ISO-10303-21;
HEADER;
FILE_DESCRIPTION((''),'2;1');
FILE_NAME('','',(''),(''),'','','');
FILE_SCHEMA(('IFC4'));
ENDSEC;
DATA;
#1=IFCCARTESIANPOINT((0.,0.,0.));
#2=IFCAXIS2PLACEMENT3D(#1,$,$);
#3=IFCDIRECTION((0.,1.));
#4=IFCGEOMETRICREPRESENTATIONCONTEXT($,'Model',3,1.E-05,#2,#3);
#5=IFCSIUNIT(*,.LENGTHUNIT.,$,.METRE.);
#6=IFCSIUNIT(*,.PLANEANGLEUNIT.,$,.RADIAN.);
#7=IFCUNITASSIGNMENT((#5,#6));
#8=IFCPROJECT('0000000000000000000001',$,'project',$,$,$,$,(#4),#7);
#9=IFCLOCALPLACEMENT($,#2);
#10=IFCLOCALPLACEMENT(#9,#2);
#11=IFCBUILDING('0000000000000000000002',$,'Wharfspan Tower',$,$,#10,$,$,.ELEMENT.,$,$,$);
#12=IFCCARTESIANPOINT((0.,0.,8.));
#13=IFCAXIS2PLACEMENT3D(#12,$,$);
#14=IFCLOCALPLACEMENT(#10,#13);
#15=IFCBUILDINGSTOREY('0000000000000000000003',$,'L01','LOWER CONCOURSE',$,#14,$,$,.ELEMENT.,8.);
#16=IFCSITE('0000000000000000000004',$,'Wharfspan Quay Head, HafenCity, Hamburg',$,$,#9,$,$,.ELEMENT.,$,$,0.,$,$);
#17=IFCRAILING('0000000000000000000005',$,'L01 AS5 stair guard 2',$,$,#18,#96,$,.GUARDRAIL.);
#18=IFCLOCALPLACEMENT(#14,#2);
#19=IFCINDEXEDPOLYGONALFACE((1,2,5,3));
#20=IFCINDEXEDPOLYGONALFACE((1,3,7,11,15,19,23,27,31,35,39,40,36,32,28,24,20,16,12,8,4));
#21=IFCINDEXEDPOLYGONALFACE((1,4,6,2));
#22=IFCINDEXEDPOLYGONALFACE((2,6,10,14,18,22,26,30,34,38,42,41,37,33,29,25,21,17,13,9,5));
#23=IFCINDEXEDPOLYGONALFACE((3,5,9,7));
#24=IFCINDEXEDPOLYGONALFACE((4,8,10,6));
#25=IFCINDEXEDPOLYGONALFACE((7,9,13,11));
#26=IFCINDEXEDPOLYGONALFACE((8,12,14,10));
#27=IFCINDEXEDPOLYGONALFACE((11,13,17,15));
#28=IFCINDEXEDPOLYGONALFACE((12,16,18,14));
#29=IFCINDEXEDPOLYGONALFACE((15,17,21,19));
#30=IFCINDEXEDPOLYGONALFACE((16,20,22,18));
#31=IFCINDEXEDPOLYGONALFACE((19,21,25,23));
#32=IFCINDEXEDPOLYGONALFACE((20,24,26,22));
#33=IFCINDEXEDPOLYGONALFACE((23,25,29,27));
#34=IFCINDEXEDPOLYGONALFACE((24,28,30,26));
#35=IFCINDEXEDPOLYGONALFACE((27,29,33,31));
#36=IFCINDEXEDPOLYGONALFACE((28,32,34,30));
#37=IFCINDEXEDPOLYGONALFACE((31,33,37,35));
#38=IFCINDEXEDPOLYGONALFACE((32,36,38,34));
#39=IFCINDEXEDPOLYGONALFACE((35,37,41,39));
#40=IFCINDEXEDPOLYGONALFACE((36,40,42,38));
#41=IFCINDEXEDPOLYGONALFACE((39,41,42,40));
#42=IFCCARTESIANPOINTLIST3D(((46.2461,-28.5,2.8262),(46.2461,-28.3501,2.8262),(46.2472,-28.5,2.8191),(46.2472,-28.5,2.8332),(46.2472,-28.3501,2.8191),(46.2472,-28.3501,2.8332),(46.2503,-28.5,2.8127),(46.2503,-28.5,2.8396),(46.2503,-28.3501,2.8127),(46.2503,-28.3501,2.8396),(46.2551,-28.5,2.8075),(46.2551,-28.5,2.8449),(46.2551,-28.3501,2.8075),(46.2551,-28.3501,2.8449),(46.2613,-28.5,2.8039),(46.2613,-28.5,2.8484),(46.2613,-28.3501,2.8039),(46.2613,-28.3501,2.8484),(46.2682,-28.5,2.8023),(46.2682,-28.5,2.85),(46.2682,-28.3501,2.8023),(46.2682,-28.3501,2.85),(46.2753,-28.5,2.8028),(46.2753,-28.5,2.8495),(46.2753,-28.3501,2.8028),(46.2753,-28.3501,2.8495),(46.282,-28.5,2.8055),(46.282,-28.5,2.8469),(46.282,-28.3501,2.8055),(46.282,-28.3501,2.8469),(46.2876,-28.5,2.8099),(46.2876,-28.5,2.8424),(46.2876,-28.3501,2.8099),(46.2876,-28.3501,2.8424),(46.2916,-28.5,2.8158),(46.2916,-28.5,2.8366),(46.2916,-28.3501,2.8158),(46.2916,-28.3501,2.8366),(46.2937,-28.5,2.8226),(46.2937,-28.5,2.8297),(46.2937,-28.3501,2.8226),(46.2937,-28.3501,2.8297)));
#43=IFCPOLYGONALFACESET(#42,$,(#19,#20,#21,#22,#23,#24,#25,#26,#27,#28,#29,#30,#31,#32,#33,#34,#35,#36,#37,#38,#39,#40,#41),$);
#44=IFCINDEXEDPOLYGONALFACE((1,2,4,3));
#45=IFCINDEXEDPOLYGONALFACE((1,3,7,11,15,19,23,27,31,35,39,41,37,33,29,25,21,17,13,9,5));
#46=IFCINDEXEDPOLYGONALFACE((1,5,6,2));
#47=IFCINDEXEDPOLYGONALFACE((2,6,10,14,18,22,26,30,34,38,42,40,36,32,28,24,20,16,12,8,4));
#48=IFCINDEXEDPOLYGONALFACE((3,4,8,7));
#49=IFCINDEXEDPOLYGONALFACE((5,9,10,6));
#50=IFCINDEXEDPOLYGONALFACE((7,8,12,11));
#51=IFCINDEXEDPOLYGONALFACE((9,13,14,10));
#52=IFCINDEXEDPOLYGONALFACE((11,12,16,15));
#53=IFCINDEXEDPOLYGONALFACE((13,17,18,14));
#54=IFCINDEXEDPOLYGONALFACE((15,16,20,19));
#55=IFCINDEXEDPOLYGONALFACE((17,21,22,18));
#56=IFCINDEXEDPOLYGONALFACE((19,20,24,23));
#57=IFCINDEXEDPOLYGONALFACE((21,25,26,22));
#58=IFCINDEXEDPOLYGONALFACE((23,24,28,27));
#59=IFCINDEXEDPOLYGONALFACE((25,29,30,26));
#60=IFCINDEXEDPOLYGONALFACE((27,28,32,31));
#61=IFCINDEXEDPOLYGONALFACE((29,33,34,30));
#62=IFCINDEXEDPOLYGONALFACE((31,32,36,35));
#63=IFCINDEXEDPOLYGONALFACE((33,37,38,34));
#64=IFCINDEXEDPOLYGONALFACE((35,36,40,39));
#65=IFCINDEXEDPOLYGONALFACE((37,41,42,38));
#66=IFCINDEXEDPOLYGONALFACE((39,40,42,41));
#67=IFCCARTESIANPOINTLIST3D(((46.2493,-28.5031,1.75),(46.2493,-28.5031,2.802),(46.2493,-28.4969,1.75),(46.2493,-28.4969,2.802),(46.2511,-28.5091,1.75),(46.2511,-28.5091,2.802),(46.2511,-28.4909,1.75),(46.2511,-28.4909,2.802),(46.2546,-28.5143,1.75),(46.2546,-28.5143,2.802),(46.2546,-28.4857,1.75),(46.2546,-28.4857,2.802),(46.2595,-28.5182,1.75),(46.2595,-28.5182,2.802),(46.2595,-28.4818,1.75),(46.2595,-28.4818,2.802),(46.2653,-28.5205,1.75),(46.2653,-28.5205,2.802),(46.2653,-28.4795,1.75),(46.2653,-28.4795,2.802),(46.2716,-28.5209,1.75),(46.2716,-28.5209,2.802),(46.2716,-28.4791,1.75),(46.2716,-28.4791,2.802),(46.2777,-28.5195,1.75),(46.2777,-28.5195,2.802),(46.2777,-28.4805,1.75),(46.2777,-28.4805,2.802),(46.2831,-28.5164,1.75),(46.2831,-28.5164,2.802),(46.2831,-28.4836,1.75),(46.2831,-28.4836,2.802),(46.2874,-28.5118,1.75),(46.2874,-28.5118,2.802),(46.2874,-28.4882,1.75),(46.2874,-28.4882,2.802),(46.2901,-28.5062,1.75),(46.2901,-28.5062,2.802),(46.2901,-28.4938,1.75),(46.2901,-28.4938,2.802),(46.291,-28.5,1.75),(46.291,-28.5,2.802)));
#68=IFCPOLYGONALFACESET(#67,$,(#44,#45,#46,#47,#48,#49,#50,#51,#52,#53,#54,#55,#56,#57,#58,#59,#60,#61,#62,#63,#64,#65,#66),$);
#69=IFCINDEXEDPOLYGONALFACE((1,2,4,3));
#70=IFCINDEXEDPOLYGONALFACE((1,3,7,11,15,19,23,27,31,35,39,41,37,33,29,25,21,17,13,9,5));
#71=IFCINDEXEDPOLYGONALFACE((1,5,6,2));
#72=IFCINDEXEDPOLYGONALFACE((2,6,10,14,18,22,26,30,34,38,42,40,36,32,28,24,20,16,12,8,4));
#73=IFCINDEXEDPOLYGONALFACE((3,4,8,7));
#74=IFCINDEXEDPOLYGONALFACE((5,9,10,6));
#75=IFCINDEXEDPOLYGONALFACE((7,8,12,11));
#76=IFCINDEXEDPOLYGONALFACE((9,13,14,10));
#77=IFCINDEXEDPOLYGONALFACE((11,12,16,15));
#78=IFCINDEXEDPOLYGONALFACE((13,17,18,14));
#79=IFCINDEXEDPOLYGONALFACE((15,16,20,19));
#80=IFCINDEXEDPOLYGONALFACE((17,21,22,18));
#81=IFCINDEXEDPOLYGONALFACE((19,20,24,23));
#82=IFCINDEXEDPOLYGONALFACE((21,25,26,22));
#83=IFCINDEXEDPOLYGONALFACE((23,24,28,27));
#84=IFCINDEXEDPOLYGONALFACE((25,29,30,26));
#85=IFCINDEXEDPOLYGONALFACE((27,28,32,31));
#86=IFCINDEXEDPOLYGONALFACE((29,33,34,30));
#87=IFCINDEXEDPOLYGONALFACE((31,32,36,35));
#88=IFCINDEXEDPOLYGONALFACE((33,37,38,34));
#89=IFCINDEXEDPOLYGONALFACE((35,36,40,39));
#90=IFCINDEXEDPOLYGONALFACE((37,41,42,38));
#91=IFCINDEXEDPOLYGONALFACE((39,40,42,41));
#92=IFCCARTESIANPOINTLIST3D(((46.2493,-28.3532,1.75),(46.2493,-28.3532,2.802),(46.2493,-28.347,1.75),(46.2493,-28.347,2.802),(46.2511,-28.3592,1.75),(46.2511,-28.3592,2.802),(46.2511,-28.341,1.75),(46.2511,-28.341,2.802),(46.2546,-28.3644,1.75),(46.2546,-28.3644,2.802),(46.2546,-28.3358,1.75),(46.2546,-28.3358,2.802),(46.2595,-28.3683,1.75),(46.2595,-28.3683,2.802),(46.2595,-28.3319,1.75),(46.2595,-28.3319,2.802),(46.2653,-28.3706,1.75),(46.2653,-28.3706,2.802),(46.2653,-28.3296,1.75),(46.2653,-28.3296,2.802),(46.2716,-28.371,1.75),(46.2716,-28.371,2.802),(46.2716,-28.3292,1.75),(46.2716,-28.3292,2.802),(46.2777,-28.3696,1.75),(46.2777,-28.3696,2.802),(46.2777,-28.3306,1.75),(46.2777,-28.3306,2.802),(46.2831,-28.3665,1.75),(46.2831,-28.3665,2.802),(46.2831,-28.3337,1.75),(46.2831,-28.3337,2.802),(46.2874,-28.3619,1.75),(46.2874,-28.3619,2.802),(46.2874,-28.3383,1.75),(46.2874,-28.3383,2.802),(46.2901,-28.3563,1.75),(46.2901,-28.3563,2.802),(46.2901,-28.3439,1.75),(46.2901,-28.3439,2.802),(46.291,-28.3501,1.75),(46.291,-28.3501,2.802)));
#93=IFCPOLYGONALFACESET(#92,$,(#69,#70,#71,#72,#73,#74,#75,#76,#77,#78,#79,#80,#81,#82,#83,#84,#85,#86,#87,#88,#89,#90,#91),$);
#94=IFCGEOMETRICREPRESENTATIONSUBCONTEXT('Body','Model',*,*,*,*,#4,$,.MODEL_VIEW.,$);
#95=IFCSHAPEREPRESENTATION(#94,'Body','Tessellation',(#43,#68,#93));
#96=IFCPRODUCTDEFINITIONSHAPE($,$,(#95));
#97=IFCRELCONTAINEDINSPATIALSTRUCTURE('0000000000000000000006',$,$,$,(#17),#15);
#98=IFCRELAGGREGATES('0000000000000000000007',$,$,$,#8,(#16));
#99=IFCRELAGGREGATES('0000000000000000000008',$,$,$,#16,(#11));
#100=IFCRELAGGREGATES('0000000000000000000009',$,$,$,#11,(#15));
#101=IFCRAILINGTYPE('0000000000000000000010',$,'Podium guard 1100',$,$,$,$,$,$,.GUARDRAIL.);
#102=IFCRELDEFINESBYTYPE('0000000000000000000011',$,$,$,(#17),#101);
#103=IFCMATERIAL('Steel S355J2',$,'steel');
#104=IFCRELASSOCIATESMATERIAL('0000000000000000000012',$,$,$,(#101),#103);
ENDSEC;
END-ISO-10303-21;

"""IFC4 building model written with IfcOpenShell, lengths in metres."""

from ifc_helpers import new_model, si_unit, direction, frame, origin, origin_2d, place, context, subcontext, project, spatial, circle, extrude, material, type_object, element, save


model = new_model("IFC4")

# Units and contexts
model_context = context("Model", 3, precision=1e-05, world=origin(), true_north=direction((0.0, 1.0)))
body_context = subcontext(model_context, "Body", "Model", "MODEL_VIEW")
ifc_project = project(units=[si_unit("LENGTHUNIT", "METRE"), si_unit("PLANEANGLEUNIT", "RADIAN")], contexts=[model_context])

# Site, building, storey
site_placement = place(None, origin())
site = spatial("IfcSite", under=ifc_project, at=site_placement, Name="Wharfspan Quay Head, HafenCity, Hamburg", CompositionType="ELEMENT", RefElevation=0.0)
building_placement = place(site_placement, origin())
building = spatial("IfcBuilding", under=site, at=building_placement, Name="Wharfspan Tower", CompositionType="ELEMENT")
storey_placement = place(building_placement, frame((0.0, 0.0, 8.0)))
storey = spatial("IfcBuildingStorey", under=building, at=storey_placement, Name="L01", Description="LOWER CONCOURSE", CompositionType="ELEMENT", Elevation=8.0)

# Railing
ifc_material_1 = material(Name="Steel S355J2", Category="steel")
railing_type_1 = type_object("IfcRailingType", Name="Podium guard 1100", PredefinedType="GUARDRAIL", material=ifc_material_1)
railing_1_placement = place(storey_placement, frame((46.27, -28.5, 1.75)))
element("IfcRailing", 1, at=railing_1_placement, inside=storey, type_object=railing_type_1, Name="L01 AS5 stair guard 2", PredefinedType="GUARDRAIL", context=body_context, shape_type="SweptSolid", body=[
    extrude(circle(Radius=0.0239, at=origin_2d()), frame((0.0, 0.0, 1.0762), z_axis=(0.0, 1.0, 0.0), x_axis=(-1.0, 0.0, 0.0)), (0.0, 0.0, 1.0), 0.1499),
    extrude(circle(Radius=0.021, at=origin_2d()), origin(), (0.0, 0.0, 1.0), 1.052),
    extrude(circle(Radius=0.021, at=origin_2d()), frame((0.0, 0.1499, 0.0)), (0.0, 0.0, 1.0), 1.052),
])

save(model, "model.ifc")
